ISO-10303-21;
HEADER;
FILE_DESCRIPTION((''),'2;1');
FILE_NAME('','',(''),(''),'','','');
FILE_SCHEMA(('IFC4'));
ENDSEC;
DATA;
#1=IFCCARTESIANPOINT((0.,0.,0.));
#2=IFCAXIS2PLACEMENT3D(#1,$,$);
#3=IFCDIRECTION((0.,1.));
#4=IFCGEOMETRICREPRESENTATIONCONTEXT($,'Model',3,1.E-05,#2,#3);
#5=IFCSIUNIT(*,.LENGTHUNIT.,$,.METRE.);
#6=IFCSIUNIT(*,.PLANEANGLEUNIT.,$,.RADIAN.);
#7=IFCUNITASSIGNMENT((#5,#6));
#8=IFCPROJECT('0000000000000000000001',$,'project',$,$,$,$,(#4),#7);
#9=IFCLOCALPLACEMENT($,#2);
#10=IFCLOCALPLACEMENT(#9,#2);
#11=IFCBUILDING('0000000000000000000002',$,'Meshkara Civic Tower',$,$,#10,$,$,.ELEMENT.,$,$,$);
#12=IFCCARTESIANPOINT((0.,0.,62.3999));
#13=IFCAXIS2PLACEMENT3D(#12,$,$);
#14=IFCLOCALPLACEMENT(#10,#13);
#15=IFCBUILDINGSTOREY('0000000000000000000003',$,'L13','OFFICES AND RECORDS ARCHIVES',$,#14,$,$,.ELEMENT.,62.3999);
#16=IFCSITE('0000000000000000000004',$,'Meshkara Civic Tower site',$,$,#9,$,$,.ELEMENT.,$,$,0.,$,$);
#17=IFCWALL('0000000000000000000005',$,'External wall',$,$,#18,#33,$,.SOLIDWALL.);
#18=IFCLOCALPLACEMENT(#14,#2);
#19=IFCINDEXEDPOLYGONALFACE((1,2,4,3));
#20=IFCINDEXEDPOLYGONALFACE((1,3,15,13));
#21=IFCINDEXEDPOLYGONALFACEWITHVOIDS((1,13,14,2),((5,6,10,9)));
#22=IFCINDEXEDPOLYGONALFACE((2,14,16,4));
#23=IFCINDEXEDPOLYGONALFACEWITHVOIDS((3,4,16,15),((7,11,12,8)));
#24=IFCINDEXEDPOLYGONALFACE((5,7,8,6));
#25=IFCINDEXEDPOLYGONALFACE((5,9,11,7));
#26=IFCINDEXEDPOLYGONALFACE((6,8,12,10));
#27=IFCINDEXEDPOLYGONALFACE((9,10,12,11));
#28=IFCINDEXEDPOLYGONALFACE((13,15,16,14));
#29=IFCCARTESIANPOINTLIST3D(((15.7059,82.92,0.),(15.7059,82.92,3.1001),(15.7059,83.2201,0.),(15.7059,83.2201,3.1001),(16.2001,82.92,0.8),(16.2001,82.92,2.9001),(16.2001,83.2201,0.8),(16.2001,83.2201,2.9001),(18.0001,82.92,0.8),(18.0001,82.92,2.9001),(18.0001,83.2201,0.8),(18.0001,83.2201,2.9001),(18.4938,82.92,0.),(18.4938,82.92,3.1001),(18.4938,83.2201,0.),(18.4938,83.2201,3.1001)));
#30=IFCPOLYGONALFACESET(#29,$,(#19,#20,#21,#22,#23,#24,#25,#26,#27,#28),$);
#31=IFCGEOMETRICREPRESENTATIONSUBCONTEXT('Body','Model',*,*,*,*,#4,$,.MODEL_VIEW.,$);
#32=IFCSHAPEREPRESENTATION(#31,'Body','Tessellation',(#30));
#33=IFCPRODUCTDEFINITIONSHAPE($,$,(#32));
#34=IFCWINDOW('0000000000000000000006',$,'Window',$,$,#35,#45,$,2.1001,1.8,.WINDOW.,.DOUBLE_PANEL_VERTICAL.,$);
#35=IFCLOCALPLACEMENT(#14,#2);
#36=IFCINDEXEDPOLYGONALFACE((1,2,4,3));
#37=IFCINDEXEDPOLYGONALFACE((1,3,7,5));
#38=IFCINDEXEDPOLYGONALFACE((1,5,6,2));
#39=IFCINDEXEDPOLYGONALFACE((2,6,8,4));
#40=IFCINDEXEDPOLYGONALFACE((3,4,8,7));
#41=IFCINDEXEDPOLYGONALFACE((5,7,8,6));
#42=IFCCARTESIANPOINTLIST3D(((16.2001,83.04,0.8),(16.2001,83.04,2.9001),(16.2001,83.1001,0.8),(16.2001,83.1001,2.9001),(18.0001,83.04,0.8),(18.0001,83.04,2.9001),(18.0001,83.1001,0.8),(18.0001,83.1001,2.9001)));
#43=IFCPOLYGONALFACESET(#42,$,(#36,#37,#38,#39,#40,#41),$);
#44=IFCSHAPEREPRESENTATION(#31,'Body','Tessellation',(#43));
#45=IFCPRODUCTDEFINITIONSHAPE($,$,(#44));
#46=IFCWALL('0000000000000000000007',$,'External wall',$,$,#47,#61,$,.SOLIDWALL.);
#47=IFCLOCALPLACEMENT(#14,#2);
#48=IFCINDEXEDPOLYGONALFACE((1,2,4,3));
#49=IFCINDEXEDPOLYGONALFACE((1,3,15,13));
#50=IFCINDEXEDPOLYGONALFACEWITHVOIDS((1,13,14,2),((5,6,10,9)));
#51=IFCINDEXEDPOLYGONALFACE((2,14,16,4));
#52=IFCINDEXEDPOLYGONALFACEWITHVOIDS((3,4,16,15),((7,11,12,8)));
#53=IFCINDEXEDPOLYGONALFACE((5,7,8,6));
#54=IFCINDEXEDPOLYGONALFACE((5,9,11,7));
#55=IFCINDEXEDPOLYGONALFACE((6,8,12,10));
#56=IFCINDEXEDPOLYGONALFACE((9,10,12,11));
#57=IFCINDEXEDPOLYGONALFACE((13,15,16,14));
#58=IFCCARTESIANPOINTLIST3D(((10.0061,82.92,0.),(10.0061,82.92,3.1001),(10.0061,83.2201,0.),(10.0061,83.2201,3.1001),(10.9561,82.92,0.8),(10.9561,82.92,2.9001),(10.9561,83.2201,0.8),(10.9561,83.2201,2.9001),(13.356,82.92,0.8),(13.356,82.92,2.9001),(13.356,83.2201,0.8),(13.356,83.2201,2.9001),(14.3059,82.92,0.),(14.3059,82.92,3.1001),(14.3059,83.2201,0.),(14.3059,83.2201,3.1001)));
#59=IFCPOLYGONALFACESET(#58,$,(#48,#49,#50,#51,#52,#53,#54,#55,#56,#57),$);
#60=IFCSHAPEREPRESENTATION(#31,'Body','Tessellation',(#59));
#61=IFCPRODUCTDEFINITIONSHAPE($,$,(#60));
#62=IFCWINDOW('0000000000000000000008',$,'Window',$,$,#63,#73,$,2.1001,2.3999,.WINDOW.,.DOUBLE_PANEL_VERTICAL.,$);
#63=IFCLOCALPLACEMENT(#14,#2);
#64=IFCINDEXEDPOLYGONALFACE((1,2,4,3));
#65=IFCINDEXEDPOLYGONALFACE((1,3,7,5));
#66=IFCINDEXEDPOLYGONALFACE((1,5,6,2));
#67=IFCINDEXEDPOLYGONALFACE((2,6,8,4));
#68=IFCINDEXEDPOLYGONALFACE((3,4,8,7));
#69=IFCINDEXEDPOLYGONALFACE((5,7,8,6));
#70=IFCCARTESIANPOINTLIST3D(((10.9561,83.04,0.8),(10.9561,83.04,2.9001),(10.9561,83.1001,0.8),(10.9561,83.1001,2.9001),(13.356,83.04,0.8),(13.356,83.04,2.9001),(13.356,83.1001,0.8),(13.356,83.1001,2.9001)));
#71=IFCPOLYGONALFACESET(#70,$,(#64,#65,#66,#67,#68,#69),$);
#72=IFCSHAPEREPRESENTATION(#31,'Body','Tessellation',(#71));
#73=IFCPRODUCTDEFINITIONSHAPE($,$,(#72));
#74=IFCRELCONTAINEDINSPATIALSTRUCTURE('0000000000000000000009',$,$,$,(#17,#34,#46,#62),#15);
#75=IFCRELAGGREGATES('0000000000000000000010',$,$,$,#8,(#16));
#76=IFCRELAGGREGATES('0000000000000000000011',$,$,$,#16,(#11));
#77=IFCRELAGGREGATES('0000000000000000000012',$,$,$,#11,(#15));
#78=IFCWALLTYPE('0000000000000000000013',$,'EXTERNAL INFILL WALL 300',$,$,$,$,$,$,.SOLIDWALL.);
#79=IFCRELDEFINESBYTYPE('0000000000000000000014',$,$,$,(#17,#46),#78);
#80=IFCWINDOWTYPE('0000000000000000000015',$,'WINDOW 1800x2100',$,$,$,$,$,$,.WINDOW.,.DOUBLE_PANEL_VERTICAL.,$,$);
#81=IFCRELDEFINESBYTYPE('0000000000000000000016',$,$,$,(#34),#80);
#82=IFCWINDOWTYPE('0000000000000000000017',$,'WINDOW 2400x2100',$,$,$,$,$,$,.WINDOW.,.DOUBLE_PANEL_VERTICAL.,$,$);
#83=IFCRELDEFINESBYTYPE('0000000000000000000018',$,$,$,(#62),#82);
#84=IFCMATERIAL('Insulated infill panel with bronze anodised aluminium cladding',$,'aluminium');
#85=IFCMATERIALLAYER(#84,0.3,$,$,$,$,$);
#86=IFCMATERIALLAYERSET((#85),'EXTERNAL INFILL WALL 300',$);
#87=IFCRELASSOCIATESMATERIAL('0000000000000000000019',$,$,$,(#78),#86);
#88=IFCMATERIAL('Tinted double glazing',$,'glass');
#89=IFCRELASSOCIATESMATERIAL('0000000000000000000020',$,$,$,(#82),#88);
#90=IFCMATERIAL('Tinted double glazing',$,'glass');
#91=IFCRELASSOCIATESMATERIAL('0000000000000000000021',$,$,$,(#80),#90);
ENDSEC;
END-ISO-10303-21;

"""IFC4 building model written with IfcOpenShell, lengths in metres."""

from ifc_helpers import new_model, si_unit, direction, frame, frame_2d, origin, place, context, subcontext, project, spatial, rectangle, extrude, material, layer, layer_set, type_object, element, fill, save


model = new_model("IFC4")

# Units and contexts
model_context = context("Model", 3, precision=1e-05, world=origin(), true_north=direction((0.0, 1.0)))
body_context = subcontext(model_context, "Body", "Model", "MODEL_VIEW")
ifc_project = project(units=[si_unit("LENGTHUNIT", "METRE"), si_unit("PLANEANGLEUNIT", "RADIAN")], contexts=[model_context])

# Site, building, storey
site_placement = place(None, origin())
site = spatial("IfcSite", under=ifc_project, at=site_placement, Name="Meshkara Civic Tower site", CompositionType="ELEMENT", RefElevation=0.0)
building_placement = place(site_placement, origin())
building = spatial("IfcBuilding", under=site, at=building_placement, Name="Meshkara Civic Tower", CompositionType="ELEMENT")
storey_placement = place(building_placement, frame((0.0, 0.0, 62.3999)))
storey = spatial("IfcBuildingStorey", under=building, at=storey_placement, Name="L13", Description="OFFICES AND RECORDS ARCHIVES", CompositionType="ELEMENT", Elevation=62.3999)

# Walls, openings, windows
ifc_material_1 = material(Name="Insulated infill panel with bronze anodised aluminium cladding", Category="aluminium")
ifc_layer = layer(ifc_material_1, 0.3)
ifc_layer_set = layer_set([ifc_layer], Name="EXTERNAL INFILL WALL 300")
wall_type = type_object("IfcWallType", Name="EXTERNAL INFILL WALL 300", PredefinedType="SOLIDWALL", material=ifc_layer_set)
ifc_material_2 = material(Name="Tinted double glazing", Category="glass")
window_type_1 = type_object("IfcWindowType", Name="WINDOW 2400x2100", PartitioningType="DOUBLE_PANEL_VERTICAL", PredefinedType="WINDOW", material=ifc_material_2)
ifc_material_3 = material(Name="Tinted double glazing", Category="glass")
window_type_2 = type_object("IfcWindowType", Name="WINDOW 1800x2100", PartitioningType="DOUBLE_PANEL_VERTICAL", PredefinedType="WINDOW", material=ifc_material_3)
wall_1_placement = place(storey_placement, frame((18.4939, 83.0701, 0.0), z_axis=(0.0, 0.0, 1.0), x_axis=(-1.0, 0.0, 0.0)))
wall_1 = element("IfcWall", 1, at=wall_1_placement, inside=storey, type_object=wall_type, Name="External wall", PredefinedType="SOLIDWALL", context=body_context, shape_type="SweptSolid", body=[
    extrude(rectangle(XDim=2.7878, YDim=0.3, at=frame_2d((1.394, 0.0))), origin(), (0.0, 0.0, 1.0), 3.1001),
])
opening_1_placement = place(wall_1_placement, frame((0.4939, 0.0, 0.8)))
opening_1 = element("IfcOpeningElement", 2, at=opening_1_placement, cuts=wall_1, PredefinedType="OPENING", context=body_context, shape_type="SweptSolid", body=[
    extrude(rectangle(XDim=1.8, YDim=2.1001, at=frame_2d((0.8999, 1.05))), frame((0.0, 0.1599, 0.0), z_axis=(0.0, -1.0, 0.0), x_axis=(1.0, 0.0, 0.0)), (0.0, 0.0, 1.0), 0.3201),
])
window_1_placement = place(opening_1_placement, origin())
window_1 = element("IfcWindow", 3, at=window_1_placement, inside=storey, type_object=window_type_2, Name="Window", OverallHeight=2.1001, OverallWidth=1.8, PartitioningType="DOUBLE_PANEL_VERTICAL", PredefinedType="WINDOW", context=body_context, shape_type="SweptSolid", body=[
    extrude(rectangle(XDim=1.8, YDim=2.1001, at=frame_2d((0.8999, 1.05))), frame((0.0, 0.03, 0.0), z_axis=(0.0, -1.0, 0.0), x_axis=(1.0, 0.0, 0.0)), (0.0, 0.0, 1.0), 0.0601),
])
fill(opening_1, window_1)
wall_2_placement = place(storey_placement, frame((14.3059, 83.0701, 0.0), z_axis=(0.0, 0.0, 1.0), x_axis=(-1.0, 0.0, 0.0)))
wall_2 = element("IfcWall", 4, at=wall_2_placement, inside=storey, type_object=wall_type, Name="External wall", PredefinedType="SOLIDWALL", context=body_context, shape_type="SweptSolid", body=[
    extrude(rectangle(XDim=4.2998, YDim=0.3, at=frame_2d((2.1499, 0.0))), origin(), (0.0, 0.0, 1.0), 3.1001),
])
opening_2_placement = place(wall_2_placement, frame((0.95, 0.0, 0.8)))
opening_2 = element("IfcOpeningElement", 5, at=opening_2_placement, cuts=wall_2, PredefinedType="OPENING", context=body_context, shape_type="SweptSolid", body=[
    extrude(rectangle(XDim=2.3999, YDim=2.1001, at=frame_2d((1.2, 1.05))), frame((0.0, 0.1599, 0.0), z_axis=(0.0, -1.0, 0.0), x_axis=(1.0, 0.0, 0.0)), (0.0, 0.0, 1.0), 0.3201),
])
window_2_placement = place(opening_2_placement, origin())
window_2 = element("IfcWindow", 6, at=window_2_placement, inside=storey, type_object=window_type_1, Name="Window", OverallHeight=2.1001, OverallWidth=2.3999, PartitioningType="DOUBLE_PANEL_VERTICAL", PredefinedType="WINDOW", context=body_context, shape_type="SweptSolid", body=[
    extrude(rectangle(XDim=2.3999, YDim=2.1001, at=frame_2d((1.2, 1.05))), frame((0.0, 0.03, 0.0), z_axis=(0.0, -1.0, 0.0), x_axis=(1.0, 0.0, 0.0)), (0.0, 0.0, 1.0), 0.0601),
])
fill(opening_2, window_2)

save(model, "model.ifc")
